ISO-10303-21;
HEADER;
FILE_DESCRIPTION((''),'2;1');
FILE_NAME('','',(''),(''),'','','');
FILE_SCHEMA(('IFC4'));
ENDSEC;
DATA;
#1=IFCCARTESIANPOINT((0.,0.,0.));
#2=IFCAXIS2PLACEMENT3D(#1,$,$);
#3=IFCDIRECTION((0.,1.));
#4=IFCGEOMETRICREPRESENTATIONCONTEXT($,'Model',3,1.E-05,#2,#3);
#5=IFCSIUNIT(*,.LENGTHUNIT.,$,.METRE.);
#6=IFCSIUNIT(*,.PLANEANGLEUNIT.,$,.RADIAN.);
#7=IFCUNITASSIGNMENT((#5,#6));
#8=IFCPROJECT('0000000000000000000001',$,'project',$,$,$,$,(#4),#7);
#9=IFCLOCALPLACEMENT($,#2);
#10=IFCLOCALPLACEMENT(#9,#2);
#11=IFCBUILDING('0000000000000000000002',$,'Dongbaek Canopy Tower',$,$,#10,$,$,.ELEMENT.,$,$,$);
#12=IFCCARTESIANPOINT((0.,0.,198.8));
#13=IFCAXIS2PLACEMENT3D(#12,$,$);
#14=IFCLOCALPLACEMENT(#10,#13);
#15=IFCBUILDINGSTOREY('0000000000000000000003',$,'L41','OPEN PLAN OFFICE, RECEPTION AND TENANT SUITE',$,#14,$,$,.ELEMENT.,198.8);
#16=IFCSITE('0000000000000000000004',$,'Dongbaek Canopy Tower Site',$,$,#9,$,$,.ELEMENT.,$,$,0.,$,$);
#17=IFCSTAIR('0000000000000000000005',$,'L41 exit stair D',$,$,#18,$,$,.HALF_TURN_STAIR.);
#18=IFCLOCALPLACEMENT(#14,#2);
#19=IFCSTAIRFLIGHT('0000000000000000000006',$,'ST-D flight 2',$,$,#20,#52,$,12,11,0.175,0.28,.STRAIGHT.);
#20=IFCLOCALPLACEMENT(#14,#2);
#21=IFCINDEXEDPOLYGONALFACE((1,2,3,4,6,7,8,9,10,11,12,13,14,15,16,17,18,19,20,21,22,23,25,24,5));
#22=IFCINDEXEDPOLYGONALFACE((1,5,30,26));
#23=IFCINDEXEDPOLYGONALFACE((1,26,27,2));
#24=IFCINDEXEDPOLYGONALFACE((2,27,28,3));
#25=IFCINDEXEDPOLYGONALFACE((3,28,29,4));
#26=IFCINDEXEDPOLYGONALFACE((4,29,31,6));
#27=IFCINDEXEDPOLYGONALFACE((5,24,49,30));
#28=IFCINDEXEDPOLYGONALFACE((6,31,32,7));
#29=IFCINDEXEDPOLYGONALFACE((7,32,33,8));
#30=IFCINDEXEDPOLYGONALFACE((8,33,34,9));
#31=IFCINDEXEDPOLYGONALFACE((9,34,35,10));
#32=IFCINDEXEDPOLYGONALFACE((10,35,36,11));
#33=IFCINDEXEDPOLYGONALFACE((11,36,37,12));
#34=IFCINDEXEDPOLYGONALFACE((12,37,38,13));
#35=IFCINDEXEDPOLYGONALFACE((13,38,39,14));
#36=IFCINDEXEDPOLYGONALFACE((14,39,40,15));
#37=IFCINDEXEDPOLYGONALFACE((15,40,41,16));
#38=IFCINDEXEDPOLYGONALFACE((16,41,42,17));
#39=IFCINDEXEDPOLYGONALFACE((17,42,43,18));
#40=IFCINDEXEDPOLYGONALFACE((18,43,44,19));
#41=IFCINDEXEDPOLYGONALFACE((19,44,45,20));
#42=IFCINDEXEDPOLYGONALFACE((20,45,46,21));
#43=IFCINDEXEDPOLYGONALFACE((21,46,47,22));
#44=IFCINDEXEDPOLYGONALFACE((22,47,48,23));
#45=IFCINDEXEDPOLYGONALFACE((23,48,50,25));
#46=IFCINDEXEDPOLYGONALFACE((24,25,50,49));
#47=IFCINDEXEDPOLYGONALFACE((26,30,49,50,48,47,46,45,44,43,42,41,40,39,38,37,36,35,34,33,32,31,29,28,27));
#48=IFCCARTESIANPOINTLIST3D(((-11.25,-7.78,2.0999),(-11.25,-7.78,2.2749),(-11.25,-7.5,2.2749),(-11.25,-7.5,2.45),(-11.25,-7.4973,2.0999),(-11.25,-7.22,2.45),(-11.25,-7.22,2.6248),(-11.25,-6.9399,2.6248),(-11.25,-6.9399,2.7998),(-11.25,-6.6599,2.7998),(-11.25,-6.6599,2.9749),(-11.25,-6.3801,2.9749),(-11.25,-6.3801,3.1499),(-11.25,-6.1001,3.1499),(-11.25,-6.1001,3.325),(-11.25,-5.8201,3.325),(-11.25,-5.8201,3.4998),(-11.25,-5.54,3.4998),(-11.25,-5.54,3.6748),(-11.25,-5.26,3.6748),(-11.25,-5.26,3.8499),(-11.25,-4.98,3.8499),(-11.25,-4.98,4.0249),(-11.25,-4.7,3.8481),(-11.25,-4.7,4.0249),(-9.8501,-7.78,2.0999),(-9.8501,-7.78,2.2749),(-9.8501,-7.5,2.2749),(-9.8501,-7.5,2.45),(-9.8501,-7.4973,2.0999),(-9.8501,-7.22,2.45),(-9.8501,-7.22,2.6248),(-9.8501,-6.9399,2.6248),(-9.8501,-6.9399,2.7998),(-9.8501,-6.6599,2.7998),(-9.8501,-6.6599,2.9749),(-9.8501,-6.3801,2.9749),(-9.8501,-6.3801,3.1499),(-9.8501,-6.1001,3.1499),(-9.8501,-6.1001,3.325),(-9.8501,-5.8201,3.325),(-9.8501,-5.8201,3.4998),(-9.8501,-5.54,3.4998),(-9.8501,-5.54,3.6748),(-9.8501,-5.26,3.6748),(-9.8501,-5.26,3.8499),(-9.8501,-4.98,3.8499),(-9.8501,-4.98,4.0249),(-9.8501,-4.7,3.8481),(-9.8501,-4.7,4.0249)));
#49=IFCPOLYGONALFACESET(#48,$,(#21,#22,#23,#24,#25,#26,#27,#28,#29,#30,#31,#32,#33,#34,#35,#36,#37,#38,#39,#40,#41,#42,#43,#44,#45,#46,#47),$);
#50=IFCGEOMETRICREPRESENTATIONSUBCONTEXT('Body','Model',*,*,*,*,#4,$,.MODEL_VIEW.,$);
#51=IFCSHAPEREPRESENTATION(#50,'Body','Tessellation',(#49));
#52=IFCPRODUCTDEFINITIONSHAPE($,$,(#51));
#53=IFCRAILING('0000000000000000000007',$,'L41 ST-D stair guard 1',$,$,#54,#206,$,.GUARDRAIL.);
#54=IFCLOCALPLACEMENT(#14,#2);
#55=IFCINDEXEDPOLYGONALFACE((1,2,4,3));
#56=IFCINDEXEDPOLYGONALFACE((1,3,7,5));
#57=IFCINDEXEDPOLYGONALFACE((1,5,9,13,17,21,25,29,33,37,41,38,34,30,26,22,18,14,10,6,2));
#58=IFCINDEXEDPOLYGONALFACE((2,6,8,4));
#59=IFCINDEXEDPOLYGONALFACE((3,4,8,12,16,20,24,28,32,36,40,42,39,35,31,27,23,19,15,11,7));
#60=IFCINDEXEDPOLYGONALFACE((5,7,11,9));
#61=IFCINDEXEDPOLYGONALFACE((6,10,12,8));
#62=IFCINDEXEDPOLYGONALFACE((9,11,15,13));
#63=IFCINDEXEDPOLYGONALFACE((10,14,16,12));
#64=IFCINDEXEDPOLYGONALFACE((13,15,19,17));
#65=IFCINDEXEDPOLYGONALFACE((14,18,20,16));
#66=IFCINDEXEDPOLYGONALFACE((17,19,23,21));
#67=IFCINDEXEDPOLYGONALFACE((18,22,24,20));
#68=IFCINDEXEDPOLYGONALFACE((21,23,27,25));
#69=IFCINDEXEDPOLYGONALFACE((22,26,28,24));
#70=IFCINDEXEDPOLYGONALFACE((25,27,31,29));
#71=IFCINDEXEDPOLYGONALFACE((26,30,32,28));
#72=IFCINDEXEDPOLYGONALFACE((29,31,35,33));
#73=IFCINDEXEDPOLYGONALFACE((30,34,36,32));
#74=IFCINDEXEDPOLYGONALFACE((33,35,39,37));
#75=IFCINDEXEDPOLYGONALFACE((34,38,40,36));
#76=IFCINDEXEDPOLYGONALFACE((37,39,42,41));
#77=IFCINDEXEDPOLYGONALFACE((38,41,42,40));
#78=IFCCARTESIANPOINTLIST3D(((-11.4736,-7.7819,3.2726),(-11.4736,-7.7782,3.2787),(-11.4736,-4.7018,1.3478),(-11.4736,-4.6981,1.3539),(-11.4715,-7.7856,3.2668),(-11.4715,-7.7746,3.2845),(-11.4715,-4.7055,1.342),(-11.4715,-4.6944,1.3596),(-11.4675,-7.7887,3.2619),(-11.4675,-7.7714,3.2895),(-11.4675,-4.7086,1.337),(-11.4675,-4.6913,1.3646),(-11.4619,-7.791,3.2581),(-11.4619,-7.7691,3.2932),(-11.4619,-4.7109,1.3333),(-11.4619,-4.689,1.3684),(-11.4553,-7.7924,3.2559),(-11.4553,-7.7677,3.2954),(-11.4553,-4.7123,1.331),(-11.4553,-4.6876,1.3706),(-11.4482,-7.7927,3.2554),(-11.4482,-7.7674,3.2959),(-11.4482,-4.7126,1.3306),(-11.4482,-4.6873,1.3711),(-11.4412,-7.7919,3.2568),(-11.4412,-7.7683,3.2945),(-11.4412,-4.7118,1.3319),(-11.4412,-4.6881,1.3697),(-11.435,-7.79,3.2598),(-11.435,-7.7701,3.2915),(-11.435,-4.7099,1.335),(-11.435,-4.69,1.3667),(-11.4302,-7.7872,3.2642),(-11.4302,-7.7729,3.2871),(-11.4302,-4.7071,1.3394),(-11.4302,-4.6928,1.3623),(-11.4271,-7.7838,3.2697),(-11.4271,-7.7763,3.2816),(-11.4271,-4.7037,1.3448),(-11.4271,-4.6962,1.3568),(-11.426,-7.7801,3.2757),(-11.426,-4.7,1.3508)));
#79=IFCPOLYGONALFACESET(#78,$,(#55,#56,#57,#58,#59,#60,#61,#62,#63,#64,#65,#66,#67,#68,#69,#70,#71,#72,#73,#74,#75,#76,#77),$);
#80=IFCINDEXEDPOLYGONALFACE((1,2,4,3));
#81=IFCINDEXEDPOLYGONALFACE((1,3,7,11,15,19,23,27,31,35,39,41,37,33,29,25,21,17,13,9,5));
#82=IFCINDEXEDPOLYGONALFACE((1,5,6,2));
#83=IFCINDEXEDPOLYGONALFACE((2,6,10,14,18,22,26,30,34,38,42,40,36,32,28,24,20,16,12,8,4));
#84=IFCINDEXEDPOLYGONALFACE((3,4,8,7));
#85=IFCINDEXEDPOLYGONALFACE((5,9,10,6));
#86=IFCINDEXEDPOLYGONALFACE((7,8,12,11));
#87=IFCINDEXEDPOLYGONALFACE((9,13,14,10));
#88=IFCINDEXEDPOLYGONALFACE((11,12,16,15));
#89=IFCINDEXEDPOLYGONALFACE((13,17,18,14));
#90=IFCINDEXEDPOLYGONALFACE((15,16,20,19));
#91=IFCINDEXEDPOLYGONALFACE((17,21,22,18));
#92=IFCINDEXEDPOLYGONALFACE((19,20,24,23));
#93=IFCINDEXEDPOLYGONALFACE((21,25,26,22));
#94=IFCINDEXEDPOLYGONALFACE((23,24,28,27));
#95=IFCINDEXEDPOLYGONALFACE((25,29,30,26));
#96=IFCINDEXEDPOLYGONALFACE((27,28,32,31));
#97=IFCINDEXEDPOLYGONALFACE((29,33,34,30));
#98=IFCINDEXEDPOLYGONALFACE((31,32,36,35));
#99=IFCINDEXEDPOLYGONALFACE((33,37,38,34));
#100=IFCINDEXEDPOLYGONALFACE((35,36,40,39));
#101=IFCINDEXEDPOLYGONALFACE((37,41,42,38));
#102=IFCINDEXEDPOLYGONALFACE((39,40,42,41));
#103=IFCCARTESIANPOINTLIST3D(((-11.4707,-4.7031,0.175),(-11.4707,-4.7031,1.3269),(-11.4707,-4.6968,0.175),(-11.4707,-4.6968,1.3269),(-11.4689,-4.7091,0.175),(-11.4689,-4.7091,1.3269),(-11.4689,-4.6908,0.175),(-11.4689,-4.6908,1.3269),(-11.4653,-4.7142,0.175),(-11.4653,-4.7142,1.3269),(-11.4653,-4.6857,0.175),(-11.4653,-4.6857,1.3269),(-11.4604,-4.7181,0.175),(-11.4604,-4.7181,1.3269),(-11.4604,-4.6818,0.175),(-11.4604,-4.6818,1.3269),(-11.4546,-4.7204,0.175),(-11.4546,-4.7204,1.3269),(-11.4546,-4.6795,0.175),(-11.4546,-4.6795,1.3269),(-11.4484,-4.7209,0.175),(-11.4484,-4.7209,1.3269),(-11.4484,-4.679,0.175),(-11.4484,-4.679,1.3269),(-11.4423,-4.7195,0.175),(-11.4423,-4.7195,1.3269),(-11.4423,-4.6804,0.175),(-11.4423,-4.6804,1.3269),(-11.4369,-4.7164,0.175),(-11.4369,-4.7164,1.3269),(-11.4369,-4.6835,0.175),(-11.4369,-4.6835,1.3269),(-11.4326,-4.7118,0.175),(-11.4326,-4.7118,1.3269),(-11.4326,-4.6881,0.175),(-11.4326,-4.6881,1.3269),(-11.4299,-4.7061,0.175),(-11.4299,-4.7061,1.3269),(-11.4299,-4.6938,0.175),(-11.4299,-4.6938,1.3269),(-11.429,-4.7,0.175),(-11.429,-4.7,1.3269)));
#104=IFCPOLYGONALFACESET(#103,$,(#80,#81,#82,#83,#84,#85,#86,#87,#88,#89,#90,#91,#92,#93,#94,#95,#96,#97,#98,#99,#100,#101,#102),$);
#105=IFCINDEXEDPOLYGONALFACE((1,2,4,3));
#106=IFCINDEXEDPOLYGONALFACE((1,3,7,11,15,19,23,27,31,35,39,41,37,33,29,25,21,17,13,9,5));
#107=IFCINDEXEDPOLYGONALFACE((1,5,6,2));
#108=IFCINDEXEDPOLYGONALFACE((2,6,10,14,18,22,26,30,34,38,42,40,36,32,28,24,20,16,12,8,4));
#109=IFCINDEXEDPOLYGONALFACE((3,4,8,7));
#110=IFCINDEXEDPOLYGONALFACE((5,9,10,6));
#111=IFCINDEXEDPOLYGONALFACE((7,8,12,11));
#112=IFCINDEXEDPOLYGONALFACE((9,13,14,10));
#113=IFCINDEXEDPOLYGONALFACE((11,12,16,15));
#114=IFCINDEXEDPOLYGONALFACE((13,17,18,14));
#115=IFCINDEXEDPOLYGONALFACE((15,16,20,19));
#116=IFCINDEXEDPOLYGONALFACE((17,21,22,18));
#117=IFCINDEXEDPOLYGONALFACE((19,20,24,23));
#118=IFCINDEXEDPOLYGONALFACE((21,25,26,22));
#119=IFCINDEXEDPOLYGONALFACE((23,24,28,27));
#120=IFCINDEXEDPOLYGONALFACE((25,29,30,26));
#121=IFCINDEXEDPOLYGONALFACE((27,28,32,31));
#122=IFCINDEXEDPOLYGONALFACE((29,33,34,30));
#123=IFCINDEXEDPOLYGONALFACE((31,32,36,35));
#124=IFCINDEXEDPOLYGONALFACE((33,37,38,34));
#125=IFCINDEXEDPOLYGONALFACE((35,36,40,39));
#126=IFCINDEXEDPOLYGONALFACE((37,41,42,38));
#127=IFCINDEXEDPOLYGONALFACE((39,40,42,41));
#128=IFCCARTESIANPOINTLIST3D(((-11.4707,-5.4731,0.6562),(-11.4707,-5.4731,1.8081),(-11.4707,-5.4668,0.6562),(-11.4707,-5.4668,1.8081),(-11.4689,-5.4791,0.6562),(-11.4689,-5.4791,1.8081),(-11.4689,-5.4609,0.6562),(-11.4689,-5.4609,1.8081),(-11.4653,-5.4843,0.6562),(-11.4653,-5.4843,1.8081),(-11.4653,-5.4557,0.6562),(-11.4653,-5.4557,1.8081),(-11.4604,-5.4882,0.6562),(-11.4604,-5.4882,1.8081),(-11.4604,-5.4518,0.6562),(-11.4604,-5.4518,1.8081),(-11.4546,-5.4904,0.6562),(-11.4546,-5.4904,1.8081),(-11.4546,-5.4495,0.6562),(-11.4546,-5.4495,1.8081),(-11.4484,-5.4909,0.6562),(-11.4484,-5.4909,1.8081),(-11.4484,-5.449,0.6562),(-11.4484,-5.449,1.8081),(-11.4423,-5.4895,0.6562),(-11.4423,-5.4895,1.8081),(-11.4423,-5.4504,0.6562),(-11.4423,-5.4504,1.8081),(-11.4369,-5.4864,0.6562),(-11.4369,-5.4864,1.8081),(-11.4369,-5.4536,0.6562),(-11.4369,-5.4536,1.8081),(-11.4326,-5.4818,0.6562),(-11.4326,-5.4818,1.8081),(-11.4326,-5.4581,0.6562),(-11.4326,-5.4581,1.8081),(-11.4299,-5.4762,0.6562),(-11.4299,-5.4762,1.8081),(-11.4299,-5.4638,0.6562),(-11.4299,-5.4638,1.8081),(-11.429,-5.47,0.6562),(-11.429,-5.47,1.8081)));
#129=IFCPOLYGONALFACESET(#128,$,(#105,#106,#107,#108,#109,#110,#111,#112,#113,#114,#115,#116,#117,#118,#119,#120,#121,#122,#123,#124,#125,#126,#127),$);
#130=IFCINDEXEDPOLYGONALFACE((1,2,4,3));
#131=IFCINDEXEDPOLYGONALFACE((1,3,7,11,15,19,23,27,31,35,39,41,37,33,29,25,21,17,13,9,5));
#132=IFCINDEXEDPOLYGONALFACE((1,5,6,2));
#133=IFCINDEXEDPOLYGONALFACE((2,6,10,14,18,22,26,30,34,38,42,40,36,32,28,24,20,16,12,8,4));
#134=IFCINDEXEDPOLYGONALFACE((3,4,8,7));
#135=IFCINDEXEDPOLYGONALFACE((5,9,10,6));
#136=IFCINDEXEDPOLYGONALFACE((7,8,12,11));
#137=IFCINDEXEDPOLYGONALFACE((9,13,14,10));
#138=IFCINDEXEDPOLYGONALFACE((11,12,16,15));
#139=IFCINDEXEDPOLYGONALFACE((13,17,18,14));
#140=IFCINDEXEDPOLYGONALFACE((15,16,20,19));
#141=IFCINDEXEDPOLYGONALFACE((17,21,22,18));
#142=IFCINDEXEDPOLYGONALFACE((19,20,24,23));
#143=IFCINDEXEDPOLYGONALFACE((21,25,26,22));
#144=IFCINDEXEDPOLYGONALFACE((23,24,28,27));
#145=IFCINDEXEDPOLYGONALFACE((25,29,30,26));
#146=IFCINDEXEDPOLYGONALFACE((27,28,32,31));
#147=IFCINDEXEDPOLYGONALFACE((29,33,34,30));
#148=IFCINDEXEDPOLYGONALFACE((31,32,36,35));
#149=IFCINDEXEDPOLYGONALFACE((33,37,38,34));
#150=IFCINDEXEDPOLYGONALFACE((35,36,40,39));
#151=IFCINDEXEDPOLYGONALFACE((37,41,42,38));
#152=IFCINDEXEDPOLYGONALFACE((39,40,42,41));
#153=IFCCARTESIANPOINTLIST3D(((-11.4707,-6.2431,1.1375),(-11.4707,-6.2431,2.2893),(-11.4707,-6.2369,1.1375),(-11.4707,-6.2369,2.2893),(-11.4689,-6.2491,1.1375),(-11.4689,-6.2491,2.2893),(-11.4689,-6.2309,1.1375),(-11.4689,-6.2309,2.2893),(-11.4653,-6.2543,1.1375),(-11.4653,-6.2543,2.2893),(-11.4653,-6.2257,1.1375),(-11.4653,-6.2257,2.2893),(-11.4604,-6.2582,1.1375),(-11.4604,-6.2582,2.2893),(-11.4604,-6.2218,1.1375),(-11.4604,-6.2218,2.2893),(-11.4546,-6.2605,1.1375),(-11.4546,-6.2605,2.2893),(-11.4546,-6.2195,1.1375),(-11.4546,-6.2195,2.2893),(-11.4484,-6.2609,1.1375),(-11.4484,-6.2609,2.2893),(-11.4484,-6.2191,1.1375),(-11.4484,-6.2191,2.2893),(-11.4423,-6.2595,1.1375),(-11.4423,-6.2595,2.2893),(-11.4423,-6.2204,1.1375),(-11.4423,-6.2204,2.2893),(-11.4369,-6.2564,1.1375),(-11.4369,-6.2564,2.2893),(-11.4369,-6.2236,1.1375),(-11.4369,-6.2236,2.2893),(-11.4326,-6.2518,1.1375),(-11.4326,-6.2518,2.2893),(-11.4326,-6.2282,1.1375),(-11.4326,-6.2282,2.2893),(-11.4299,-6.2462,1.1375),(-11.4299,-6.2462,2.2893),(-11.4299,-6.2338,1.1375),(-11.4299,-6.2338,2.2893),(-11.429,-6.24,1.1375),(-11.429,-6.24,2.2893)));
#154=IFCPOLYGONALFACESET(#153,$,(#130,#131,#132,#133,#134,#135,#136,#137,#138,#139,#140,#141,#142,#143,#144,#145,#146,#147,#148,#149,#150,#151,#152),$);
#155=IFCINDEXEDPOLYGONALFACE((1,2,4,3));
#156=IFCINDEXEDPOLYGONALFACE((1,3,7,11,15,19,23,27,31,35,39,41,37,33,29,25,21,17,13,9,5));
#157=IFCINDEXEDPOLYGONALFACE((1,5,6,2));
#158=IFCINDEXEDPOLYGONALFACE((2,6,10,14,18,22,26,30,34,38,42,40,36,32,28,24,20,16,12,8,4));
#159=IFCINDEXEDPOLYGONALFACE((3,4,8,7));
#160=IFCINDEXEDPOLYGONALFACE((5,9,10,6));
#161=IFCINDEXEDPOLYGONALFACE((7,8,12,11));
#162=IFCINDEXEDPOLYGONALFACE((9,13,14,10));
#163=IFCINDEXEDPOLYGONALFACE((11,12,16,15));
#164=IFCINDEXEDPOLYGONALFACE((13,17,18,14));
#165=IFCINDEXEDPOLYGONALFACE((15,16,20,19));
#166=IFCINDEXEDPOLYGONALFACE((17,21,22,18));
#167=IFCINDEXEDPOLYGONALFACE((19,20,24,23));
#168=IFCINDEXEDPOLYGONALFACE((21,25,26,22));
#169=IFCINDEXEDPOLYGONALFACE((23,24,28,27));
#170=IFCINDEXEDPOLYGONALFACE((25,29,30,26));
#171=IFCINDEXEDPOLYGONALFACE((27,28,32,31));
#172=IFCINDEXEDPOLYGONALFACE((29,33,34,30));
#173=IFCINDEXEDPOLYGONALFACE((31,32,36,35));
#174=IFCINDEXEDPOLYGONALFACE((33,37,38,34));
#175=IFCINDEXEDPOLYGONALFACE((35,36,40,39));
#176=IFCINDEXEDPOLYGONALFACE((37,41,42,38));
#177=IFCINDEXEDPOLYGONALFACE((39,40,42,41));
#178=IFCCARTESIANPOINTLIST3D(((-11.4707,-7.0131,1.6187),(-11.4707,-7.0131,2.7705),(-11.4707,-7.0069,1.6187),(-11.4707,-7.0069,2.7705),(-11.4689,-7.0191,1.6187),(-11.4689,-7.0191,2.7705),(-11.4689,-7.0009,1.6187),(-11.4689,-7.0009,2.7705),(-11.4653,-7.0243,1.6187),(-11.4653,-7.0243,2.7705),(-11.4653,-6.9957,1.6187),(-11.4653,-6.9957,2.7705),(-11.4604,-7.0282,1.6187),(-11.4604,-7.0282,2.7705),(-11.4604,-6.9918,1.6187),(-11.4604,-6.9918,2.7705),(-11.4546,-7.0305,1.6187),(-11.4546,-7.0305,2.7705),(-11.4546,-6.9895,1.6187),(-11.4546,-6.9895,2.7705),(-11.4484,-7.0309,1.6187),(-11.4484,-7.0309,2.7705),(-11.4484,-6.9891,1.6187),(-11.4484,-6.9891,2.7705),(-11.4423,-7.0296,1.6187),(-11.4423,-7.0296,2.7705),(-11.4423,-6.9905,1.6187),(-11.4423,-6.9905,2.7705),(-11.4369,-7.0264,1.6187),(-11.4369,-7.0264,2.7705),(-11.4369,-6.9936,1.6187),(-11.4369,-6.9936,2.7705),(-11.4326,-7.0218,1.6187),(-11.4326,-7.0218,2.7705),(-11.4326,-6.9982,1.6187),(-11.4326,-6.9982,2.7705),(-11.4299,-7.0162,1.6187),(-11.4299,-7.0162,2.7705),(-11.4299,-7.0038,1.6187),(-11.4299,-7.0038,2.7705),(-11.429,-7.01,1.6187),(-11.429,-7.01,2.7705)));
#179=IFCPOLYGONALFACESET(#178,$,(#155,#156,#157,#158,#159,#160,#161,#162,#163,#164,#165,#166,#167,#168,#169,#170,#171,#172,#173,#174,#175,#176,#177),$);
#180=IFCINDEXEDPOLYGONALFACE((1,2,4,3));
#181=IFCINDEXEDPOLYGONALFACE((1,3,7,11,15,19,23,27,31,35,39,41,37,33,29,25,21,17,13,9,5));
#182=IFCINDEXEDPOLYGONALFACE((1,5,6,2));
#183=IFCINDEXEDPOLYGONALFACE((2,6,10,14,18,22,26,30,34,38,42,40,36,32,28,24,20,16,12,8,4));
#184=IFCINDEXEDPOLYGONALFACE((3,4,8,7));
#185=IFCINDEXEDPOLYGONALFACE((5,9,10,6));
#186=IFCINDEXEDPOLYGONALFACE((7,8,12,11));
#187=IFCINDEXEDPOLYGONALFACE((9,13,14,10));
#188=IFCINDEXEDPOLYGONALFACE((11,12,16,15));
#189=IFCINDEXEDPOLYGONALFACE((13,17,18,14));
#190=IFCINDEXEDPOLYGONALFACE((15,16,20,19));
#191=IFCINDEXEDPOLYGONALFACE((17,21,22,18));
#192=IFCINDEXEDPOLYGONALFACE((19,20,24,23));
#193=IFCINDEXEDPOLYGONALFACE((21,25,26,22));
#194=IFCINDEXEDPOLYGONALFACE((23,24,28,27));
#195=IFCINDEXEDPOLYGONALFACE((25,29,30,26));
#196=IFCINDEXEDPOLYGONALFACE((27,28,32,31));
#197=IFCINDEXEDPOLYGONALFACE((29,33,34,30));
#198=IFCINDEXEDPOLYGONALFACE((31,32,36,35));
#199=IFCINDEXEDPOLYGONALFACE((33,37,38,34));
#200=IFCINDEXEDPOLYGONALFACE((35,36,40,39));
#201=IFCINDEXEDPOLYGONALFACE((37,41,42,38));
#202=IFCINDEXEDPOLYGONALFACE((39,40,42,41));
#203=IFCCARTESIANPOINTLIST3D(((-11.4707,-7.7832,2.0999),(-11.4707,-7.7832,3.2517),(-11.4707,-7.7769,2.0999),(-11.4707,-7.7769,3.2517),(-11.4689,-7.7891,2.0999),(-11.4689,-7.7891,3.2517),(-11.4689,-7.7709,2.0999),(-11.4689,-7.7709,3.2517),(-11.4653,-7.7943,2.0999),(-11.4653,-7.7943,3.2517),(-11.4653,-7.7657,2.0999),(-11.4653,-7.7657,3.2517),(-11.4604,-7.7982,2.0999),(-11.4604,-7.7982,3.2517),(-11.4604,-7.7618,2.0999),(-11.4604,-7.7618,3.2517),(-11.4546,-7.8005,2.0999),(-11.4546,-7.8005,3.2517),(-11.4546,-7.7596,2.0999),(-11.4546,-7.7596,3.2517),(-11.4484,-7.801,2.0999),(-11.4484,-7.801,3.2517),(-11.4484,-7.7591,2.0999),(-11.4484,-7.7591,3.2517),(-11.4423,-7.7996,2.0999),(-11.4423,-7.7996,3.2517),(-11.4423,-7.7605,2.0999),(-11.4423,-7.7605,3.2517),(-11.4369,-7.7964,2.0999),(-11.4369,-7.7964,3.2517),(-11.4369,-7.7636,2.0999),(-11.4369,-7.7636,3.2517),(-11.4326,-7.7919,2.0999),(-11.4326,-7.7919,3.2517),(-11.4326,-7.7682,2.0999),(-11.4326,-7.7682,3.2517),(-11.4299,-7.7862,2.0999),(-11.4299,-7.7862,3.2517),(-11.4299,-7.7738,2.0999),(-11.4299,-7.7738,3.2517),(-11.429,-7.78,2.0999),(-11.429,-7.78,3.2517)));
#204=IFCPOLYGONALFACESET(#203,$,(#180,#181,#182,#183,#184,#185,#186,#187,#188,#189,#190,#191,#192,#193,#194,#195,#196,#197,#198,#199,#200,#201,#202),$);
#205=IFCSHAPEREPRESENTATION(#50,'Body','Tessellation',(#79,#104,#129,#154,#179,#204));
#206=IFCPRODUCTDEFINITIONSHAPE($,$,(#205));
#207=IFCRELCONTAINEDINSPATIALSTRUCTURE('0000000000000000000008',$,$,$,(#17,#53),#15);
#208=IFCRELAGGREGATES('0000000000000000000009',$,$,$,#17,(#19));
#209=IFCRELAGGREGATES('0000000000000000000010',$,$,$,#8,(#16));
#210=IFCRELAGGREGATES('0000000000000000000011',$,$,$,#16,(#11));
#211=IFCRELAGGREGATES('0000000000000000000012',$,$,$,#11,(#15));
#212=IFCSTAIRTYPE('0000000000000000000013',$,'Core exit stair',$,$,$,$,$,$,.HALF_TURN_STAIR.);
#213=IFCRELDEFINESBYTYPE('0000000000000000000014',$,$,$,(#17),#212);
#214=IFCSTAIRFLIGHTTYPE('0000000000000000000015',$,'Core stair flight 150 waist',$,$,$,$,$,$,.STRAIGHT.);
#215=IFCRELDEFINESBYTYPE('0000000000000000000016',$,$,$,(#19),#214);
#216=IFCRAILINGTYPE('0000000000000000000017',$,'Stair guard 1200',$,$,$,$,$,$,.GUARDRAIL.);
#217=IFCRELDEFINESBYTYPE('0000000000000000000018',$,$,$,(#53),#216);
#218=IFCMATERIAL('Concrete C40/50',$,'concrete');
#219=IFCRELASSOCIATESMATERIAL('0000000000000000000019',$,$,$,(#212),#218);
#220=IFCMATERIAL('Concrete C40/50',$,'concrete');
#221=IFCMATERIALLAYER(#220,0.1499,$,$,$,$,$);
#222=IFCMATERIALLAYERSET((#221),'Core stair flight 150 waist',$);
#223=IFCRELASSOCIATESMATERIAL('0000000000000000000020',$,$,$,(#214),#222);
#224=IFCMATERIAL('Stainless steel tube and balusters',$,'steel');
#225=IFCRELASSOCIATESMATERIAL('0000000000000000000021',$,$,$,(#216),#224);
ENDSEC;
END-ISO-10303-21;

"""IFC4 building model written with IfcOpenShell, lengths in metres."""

from ifc_helpers import new_model, si_unit, direction, frame, origin, origin_2d, place, context, subcontext, project, spatial, polyline, circle, outline, extrude, material, layer, layer_set, type_object, element, aggregate, save


model = new_model("IFC4")

# Units and contexts
model_context = context("Model", 3, precision=1e-05, world=origin(), true_north=direction((0.0, 1.0)))
body_context = subcontext(model_context, "Body", "Model", "MODEL_VIEW")
ifc_project = project(units=[si_unit("LENGTHUNIT", "METRE"), si_unit("PLANEANGLEUNIT", "RADIAN")], contexts=[model_context])

# Site, building, storey
site_placement = place(None, origin())
site = spatial("IfcSite", under=ifc_project, at=site_placement, Name="Dongbaek Canopy Tower Site", CompositionType="ELEMENT", RefElevation=0.0)
building_placement = place(site_placement, origin())
building = spatial("IfcBuilding", under=site, at=building_placement, Name="Dongbaek Canopy Tower", CompositionType="ELEMENT")
storey_placement = place(building_placement, frame((0.0, 0.0, 198.8)))
storey = spatial("IfcBuildingStorey", under=building, at=storey_placement, Name="L41", Description="OPEN PLAN OFFICE, RECEPTION AND TENANT SUITE", CompositionType="ELEMENT", Elevation=198.8)

# Stair, stair flight
ifc_material_1 = material(Name="Concrete C40/50", Category="concrete")
stair_type = type_object("IfcStairType", Name="Core exit stair", PredefinedType="HALF_TURN_STAIR", material=ifc_material_1)
stair_placement = place(storey_placement, origin())
stair = element("IfcStair", 1, at=stair_placement, inside=storey, type_object=stair_type, Name="L41 exit stair D", PredefinedType="HALF_TURN_STAIR")
ifc_material_2 = material(Name="Concrete C40/50", Category="concrete")
ifc_layer_1 = layer(ifc_material_2, 0.1499)
ifc_layer_set_1 = layer_set([ifc_layer_1], Name="Core stair flight 150 waist")
stair_flight_type = type_object("IfcStairFlightType", Name="Core stair flight 150 waist", PredefinedType="STRAIGHT", material=ifc_layer_set_1)
stair_flight_1_placement = place(storey_placement, frame((-10.55, -7.78, 2.0999), z_axis=(0.0, 0.0, 1.0), x_axis=(0.0, 1.0, 0.0)))
stair_flight_1 = element("IfcStairFlight", 2, at=stair_flight_1_placement, type_object=stair_flight_type, Name="ST-D flight 2", NumberOfRisers=12, NumberOfTreads=11, PredefinedType="STRAIGHT", RiserHeight=0.175, TreadLength=0.28, context=body_context, shape_type="SweptSolid", body=[
    extrude(outline(polyline([(0.0, 0.0), (0.0, 0.175), (0.28, 0.175), (0.28, 0.3501), (0.5601, 0.3501), (0.5601, 0.5249), (0.8401, 0.5249), (0.8401, 0.7), (1.1201, 0.7), (1.1201, 0.875), (1.3999, 0.875), (1.3999, 1.05), (1.6799, 1.05), (1.6799, 1.2251), (1.96, 1.2251), (1.96, 1.3999), (2.24, 1.3999), (2.24, 1.575), (2.52, 1.575), (2.52, 1.75), (2.8, 1.75), (2.8, 1.925), (3.0801, 1.925), (3.0801, 2.1001), (3.0801, 1.7483), (0.2827, 0.0), (0.0, 0.0)])), frame((0.0, 0.7, 0.0), z_axis=(0.0, -1.0, 0.0), x_axis=(1.0, 0.0, 0.0)), (0.0, 0.0, 1.0), 1.3999),
])
aggregate(stair, [stair_flight_1])

# Railing
ifc_material_3 = material(Name="Stainless steel tube and balusters", Category="steel")
railing_type_1 = type_object("IfcRailingType", Name="Stair guard 1200", PredefinedType="GUARDRAIL", material=ifc_material_3)
railing_1_placement = place(storey_placement, frame((-11.45, -4.7, 0.175)))
element("IfcRailing", 3, at=railing_1_placement, inside=storey, type_object=railing_type_1, Name="L41 ST-D stair guard 1", PredefinedType="GUARDRAIL", context=body_context, shape_type="SweptSolid", body=[
    extrude(circle(Radius=0.0239, at=origin_2d()), frame((0.0, 0.0, 1.1758), z_axis=(0.0, -0.848029, 0.529951), x_axis=(1.0, 0.0, 0.0)), (0.0, 0.0, 1.0), 3.6321),
    extrude(circle(Radius=0.021, at=origin_2d()), origin(), (0.0, 0.0, 1.0), 1.1519),
    extrude(circle(Radius=0.021, at=origin_2d()), frame((0.0, -0.77, 0.4812)), (0.0, 0.0, 1.0), 1.1519),
    extrude(circle(Radius=0.021, at=origin_2d()), frame((0.0, -1.54, 0.9624)), (0.0, 0.0, 1.0), 1.1519),
    extrude(circle(Radius=0.021, at=origin_2d()), frame((0.0, -2.3101, 1.4436)), (0.0, 0.0, 1.0), 1.1519),
    extrude(circle(Radius=0.021, at=origin_2d()), frame((0.0, -3.0801, 1.9248)), (0.0, 0.0, 1.0), 1.1519),
])

save(model, "model.ifc")
